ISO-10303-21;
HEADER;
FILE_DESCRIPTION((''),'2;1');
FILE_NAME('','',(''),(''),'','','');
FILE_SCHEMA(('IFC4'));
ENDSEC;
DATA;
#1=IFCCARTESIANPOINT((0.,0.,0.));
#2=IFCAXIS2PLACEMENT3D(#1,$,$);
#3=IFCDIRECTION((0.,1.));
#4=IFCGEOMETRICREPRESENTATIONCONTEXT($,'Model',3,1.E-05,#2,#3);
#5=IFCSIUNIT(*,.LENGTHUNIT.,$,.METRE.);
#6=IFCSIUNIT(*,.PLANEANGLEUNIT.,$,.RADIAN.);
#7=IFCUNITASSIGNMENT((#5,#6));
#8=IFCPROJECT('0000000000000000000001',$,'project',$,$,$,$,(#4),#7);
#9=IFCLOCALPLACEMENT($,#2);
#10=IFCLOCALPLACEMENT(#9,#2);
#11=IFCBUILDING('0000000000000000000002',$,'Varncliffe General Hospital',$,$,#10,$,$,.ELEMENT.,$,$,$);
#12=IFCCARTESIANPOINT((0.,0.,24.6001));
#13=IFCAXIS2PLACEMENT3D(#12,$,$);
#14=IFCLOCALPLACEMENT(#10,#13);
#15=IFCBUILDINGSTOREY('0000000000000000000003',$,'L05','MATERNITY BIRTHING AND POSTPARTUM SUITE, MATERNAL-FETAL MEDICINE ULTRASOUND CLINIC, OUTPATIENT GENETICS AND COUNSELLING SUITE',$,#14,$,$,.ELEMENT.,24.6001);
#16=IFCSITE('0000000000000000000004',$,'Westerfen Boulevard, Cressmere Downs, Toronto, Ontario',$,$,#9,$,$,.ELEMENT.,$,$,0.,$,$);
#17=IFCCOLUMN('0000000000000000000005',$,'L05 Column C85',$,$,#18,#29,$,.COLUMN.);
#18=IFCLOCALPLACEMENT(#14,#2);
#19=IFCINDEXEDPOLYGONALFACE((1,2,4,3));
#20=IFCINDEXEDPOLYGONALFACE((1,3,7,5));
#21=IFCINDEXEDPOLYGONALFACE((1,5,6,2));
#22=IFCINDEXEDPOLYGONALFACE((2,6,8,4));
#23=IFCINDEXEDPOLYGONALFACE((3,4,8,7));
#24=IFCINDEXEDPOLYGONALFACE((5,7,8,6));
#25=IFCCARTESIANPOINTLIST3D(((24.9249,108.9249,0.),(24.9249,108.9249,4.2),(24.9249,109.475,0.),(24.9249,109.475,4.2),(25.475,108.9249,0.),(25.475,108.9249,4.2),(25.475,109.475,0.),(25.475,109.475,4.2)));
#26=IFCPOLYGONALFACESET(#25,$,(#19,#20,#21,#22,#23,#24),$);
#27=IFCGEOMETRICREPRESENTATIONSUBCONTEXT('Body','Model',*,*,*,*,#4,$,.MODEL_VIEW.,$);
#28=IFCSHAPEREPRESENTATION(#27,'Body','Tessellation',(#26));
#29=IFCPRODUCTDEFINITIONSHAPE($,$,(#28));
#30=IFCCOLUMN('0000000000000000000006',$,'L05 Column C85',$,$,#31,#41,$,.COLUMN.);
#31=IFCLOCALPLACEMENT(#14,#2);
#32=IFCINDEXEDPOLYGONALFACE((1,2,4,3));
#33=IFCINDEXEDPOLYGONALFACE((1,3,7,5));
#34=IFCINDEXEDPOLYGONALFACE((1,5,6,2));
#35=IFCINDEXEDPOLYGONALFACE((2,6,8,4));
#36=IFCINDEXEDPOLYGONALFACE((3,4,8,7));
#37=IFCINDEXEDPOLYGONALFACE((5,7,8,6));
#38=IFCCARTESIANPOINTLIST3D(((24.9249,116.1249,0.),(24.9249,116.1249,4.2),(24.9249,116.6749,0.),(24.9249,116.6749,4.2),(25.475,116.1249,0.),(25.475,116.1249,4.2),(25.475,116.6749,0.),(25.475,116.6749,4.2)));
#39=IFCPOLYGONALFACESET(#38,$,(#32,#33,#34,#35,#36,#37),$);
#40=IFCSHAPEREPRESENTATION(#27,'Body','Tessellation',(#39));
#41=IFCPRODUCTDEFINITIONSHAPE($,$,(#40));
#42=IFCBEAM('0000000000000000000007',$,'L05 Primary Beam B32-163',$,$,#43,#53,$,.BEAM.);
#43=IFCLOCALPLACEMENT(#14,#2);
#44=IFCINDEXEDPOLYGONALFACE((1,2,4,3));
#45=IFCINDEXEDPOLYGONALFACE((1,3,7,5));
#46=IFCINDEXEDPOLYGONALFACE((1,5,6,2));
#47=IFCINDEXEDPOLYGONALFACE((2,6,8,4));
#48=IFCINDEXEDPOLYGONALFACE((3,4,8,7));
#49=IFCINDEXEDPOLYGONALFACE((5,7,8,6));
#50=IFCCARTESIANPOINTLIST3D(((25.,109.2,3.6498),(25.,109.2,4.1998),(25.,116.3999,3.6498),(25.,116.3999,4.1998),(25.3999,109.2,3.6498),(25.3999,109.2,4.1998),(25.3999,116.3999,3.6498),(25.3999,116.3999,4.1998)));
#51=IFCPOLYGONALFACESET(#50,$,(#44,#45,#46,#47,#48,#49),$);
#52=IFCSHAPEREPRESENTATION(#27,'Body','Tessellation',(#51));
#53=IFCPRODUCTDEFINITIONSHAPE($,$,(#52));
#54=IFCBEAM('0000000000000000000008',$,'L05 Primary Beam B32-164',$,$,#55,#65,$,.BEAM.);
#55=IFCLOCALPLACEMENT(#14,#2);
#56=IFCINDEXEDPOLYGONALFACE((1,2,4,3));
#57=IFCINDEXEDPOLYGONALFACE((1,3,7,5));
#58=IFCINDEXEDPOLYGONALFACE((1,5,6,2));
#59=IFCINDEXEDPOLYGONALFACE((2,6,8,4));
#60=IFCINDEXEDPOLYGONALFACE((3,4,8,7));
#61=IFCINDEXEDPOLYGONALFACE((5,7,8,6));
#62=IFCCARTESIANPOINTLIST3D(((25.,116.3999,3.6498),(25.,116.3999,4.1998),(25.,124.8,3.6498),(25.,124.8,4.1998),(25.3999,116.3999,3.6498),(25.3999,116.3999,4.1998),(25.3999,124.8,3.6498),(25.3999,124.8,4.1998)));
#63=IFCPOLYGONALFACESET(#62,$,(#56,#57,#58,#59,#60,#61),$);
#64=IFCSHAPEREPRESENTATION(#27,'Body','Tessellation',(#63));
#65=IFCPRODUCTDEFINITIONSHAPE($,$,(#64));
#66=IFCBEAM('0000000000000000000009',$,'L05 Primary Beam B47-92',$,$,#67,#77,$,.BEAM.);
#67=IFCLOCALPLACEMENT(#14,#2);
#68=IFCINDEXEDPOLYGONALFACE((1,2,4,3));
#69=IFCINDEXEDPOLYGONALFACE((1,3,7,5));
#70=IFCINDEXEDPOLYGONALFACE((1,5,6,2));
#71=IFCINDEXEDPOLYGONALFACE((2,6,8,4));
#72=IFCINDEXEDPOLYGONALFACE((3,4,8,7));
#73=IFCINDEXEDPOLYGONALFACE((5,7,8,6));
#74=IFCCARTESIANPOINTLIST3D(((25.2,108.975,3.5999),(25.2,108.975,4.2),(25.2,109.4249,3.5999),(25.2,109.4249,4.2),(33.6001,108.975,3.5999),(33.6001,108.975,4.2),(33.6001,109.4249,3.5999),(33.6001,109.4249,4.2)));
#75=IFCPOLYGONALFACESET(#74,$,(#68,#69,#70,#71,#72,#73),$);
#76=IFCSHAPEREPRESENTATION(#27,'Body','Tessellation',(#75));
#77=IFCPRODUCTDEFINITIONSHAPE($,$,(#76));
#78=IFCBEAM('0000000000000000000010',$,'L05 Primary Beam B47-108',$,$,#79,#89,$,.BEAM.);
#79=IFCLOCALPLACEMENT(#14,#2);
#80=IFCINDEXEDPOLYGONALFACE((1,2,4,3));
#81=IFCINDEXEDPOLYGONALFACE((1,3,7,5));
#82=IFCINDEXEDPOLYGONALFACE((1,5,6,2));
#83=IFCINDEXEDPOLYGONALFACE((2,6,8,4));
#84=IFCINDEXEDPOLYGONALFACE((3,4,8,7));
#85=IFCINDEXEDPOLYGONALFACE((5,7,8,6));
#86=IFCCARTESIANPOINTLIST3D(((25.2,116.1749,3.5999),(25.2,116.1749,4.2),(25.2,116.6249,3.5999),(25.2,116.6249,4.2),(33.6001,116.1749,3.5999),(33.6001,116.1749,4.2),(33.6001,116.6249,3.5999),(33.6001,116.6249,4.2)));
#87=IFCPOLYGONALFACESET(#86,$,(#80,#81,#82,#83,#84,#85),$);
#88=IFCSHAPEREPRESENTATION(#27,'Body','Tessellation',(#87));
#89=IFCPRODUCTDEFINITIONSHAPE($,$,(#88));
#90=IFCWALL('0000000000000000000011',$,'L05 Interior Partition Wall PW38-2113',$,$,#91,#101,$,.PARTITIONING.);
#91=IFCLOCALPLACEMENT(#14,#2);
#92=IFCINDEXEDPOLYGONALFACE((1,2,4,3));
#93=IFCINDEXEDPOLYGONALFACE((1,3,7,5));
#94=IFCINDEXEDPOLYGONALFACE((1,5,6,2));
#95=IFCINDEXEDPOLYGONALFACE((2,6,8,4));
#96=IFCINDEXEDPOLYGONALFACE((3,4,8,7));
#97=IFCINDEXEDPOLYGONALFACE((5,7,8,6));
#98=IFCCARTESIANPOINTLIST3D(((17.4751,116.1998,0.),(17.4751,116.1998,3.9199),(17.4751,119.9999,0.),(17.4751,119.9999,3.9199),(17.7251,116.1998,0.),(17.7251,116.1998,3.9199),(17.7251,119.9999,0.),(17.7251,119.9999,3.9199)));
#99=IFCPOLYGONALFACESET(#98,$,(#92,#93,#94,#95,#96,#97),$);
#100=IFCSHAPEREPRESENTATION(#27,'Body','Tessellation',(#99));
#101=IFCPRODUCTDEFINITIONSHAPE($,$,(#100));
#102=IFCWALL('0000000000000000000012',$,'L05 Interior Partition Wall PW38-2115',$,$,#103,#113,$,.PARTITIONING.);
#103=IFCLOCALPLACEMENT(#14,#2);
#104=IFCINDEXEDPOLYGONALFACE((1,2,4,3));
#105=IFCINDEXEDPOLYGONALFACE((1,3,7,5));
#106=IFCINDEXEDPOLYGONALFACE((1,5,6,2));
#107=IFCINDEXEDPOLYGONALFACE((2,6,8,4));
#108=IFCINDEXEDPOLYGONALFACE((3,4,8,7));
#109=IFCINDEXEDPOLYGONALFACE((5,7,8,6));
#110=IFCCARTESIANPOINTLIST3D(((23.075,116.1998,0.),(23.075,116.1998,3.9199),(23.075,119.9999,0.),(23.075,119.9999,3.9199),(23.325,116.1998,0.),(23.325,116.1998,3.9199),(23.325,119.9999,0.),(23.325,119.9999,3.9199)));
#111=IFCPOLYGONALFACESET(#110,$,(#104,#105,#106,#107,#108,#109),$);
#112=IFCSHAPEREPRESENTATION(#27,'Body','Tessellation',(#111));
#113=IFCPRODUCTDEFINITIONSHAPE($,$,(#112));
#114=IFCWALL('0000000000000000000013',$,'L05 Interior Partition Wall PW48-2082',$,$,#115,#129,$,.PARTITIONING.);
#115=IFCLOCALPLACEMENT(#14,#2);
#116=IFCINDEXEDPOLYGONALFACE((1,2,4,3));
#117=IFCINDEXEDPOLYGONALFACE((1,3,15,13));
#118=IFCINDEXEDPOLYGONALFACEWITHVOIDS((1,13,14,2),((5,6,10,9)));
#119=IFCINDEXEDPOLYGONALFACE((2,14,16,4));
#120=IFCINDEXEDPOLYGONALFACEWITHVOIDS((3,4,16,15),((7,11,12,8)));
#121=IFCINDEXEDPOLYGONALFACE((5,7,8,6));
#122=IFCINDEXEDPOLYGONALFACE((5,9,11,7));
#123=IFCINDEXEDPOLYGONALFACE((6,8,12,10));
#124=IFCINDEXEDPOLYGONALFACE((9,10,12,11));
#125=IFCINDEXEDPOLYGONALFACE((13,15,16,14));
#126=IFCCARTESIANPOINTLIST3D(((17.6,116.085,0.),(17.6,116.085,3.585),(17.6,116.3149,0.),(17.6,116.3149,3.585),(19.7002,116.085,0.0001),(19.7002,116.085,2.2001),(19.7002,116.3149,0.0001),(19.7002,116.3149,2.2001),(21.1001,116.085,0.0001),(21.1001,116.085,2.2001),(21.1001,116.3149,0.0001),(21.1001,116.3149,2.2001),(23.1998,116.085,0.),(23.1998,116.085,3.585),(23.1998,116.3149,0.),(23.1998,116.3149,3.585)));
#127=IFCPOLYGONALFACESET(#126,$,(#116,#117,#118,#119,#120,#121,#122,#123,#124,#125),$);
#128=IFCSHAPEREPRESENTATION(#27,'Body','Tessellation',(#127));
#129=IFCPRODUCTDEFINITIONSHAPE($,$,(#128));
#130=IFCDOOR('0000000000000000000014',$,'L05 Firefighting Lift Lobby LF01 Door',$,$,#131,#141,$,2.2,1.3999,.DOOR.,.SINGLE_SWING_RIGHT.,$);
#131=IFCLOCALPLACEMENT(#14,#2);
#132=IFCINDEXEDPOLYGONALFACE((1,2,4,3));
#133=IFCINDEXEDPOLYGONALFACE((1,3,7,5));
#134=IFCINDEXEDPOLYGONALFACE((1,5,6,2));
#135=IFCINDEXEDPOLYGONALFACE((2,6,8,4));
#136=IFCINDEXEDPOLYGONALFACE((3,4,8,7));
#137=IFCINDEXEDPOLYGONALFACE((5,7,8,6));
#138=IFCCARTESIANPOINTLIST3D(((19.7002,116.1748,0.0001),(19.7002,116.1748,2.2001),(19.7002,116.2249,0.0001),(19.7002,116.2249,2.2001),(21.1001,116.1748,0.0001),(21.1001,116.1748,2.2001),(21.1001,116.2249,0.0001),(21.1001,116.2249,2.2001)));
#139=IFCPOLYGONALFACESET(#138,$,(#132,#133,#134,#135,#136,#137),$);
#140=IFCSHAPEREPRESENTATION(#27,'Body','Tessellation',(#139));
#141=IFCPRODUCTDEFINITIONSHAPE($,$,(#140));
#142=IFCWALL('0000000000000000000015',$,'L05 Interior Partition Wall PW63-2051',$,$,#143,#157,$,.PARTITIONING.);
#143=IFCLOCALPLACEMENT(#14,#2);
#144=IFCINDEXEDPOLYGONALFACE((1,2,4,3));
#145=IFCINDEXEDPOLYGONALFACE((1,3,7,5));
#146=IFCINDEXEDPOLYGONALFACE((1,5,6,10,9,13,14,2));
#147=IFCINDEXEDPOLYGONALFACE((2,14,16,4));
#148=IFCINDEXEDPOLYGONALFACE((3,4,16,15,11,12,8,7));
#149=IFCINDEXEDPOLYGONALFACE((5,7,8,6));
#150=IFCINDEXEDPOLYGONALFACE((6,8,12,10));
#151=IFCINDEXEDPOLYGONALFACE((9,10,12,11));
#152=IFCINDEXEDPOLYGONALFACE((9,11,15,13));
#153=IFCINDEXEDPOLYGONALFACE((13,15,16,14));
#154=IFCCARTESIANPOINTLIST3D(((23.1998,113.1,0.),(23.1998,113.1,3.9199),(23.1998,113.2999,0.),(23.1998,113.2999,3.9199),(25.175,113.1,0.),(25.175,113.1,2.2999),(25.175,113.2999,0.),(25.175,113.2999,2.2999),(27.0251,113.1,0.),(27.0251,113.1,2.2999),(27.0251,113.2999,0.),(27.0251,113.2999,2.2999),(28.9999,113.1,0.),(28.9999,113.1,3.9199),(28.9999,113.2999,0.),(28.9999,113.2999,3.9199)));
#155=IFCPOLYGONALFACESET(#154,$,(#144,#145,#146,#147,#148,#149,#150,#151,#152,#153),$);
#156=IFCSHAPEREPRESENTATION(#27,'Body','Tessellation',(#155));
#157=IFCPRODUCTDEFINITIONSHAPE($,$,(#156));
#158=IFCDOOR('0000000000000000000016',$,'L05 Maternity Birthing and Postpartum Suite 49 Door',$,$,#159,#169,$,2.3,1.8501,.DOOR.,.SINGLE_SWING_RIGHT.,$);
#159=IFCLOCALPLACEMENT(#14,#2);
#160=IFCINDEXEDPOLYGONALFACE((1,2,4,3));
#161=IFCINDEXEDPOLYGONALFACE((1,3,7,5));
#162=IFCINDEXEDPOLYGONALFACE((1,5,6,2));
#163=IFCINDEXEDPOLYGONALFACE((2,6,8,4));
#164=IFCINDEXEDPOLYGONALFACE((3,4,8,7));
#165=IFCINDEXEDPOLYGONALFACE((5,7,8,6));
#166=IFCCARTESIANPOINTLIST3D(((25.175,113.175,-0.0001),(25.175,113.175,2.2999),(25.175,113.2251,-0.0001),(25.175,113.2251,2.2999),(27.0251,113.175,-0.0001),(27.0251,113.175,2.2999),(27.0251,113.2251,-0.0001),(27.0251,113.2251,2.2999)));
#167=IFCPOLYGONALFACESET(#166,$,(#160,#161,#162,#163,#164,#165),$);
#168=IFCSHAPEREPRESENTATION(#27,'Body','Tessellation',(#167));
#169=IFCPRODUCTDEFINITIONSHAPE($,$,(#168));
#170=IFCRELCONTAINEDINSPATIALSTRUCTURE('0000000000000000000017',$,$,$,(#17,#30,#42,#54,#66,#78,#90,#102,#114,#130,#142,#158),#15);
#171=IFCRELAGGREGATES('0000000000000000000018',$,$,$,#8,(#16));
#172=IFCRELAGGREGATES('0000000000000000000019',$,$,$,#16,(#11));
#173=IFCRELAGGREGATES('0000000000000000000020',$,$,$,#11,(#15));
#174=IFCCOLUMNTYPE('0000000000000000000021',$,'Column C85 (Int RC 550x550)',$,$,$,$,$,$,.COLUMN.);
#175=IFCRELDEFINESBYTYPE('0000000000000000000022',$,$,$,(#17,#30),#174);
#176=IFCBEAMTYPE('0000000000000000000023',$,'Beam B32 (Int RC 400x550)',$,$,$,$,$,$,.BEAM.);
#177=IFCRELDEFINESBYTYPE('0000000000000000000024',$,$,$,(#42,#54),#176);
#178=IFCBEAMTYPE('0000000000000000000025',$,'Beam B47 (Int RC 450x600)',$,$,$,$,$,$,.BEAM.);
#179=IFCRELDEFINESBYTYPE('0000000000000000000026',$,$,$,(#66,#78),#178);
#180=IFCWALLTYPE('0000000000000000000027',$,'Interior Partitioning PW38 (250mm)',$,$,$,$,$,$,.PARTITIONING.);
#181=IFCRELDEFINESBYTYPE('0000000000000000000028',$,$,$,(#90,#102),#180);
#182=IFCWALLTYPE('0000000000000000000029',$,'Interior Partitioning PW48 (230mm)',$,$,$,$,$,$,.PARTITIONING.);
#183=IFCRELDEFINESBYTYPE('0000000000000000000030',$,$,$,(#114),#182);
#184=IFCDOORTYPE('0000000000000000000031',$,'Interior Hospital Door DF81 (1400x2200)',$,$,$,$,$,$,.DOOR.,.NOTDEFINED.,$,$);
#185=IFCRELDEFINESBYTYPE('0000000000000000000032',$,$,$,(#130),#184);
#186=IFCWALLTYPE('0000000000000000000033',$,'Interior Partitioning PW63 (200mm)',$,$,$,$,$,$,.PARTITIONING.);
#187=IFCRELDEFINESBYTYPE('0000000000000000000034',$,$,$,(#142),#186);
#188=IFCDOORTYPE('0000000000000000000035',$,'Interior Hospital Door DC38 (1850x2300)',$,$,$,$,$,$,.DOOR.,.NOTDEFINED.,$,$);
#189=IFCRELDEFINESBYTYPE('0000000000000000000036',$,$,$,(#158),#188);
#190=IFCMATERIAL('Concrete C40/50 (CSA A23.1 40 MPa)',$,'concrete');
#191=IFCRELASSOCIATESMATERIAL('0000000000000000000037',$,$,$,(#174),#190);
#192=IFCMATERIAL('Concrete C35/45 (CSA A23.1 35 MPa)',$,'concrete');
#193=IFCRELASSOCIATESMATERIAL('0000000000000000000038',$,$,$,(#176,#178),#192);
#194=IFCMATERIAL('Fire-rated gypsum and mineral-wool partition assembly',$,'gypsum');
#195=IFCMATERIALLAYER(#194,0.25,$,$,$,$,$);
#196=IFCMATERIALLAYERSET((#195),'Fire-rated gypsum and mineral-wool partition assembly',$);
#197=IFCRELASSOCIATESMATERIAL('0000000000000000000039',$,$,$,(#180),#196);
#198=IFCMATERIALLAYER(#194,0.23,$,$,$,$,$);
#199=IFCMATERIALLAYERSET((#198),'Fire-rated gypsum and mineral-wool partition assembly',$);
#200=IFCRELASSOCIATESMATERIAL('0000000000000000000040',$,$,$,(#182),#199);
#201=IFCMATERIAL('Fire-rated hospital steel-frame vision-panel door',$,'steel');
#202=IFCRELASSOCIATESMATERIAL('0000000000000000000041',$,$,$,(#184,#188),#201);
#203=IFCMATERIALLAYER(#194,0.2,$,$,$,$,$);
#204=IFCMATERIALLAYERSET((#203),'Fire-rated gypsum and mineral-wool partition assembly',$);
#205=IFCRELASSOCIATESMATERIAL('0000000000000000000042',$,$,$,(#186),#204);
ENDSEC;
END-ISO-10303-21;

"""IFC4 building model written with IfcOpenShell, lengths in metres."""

from ifc_helpers import new_model, si_unit, direction, frame, frame_2d, origin, origin_2d, place, context, subcontext, project, spatial, rectangle, extrude, material, layer, layer_set, material_profile, profile_set, type_object, element, fill, save


model = new_model("IFC4")

# Units and contexts
model_context = context("Model", 3, precision=1e-05, world=origin(), true_north=direction((0.0, 1.0)))
body_context = subcontext(model_context, "Body", "Model", "MODEL_VIEW")
ifc_project = project(units=[si_unit("LENGTHUNIT", "METRE"), si_unit("PLANEANGLEUNIT", "RADIAN")], contexts=[model_context])

# Site, building, storey
site_placement = place(None, origin())
site = spatial("IfcSite", under=ifc_project, at=site_placement, Name="Westerfen Boulevard, Cressmere Downs, Toronto, Ontario", CompositionType="ELEMENT", RefElevation=0.0)
building_placement = place(site_placement, origin())
building = spatial("IfcBuilding", under=site, at=building_placement, Name="Varncliffe General Hospital", CompositionType="ELEMENT")
storey_placement = place(building_placement, frame((0.0, 0.0, 24.6001)))
storey = spatial("IfcBuildingStorey", under=building, at=storey_placement, Name="L05", Description="MATERNITY BIRTHING AND POSTPARTUM SUITE, MATERNAL-FETAL MEDICINE ULTRASOUND CLINIC, OUTPATIENT GENETICS AND COUNSELLING SUITE", CompositionType="ELEMENT", Elevation=24.6001)

# Columns
ifc_material_1 = material(Name="Concrete C40/50 (CSA A23.1 40 MPa)", Category="concrete")
ifc_material_profile_1 = material_profile(ifc_material_1, rectangle(XDim=0.55, YDim=0.55, at=origin_2d()), Name="RC 550x550")
ifc_profile_set_1 = profile_set([ifc_material_profile_1], Name="Concrete C40/50 (CSA A23.1 40 MPa)")
column_type = type_object("IfcColumnType", Name="Column C85 (Int RC 550x550)", PredefinedType="COLUMN", material=ifc_profile_set_1)
for number, where, z_axis, x_axis, name in (
    (1, (25.2, 109.2, 0.0), (0.0, 0.0, 1.0), (1.0, 0.0, 0.0), "L05 Column C85"),
    (2, (25.2, 116.3999, 0.0), (0.0, 0.0, 1.0), (1.0, 0.0, 0.0), "L05 Column C85"),
):
    element("IfcColumn", number, at=place(storey_placement, frame(where, z_axis=z_axis, x_axis=x_axis)), inside=storey, type_object=column_type, Name=name, PredefinedType="COLUMN", context=body_context, shape_type="SweptSolid", body=[
        extrude(rectangle(XDim=0.55, YDim=0.55, at=origin_2d()), origin(), (0.0, 0.0, 1.0), 4.2),
    ])

# Beams
ifc_material_2 = material(Name="Concrete C35/45 (CSA A23.1 35 MPa)", Category="concrete")
ifc_material_profile_2 = material_profile(ifc_material_2, rectangle(XDim=0.3999, YDim=0.55, at=origin_2d()), Name="RC 400x550")
ifc_profile_set_2 = profile_set([ifc_material_profile_2], Name="Concrete C35/45 (CSA A23.1 35 MPa)")
beam_type_1 = type_object("IfcBeamType", Name="Beam B32 (Int RC 400x550)", PredefinedType="BEAM", material=ifc_profile_set_2)
beam_1_placement = place(storey_placement, frame((25.2, 109.2, 3.9248), z_axis=(0.0, 1.0, 0.0), x_axis=(-1.0, 0.0, 0.0)))
element("IfcBeam", 3, at=beam_1_placement, inside=storey, type_object=beam_type_1, Name="L05 Primary Beam B32-163", PredefinedType="BEAM", context=body_context, shape_type="SweptSolid", body=[
    extrude(rectangle(XDim=0.3999, YDim=0.55, at=origin_2d()), origin(), (0.0, 0.0, 1.0), 7.2),
])
beam_2_placement = place(storey_placement, frame((25.2, 116.3999, 3.9248), z_axis=(0.0, 1.0, 0.0), x_axis=(-1.0, 0.0, 0.0)))
element("IfcBeam", 4, at=beam_2_placement, inside=storey, type_object=beam_type_1, Name="L05 Primary Beam B32-164", PredefinedType="BEAM", context=body_context, shape_type="SweptSolid", body=[
    extrude(rectangle(XDim=0.3999, YDim=0.55, at=origin_2d()), origin(), (0.0, 0.0, 1.0), 8.4001),
])
ifc_material_profile_3 = material_profile(ifc_material_2, rectangle(XDim=0.45, YDim=0.6001, at=origin_2d()), Name="RC 450x600")
ifc_profile_set_3 = profile_set([ifc_material_profile_3], Name="Concrete C35/45 (CSA A23.1 35 MPa)")
beam_type_2 = type_object("IfcBeamType", Name="Beam B47 (Int RC 450x600)", PredefinedType="BEAM", material=ifc_profile_set_3)
for number, where, z_axis, x_axis, name in (
    (5, (25.2, 109.2, 3.8999), (1.0, 0.0, 0.0), (0.0, 1.0, 0.0), "L05 Primary Beam B47-92"),
    (6, (25.2, 116.3999, 3.8999), (1.0, 0.0, 0.0), (0.0, 1.0, 0.0), "L05 Primary Beam B47-108"),
):
    element("IfcBeam", number, at=place(storey_placement, frame(where, z_axis=z_axis, x_axis=x_axis)), inside=storey, type_object=beam_type_2, Name=name, PredefinedType="BEAM", context=body_context, shape_type="SweptSolid", body=[
        extrude(rectangle(XDim=0.45, YDim=0.6001, at=origin_2d()), origin(), (0.0, 0.0, 1.0), 8.4001),
    ])

# Walls
ifc_material_3 = material(Name="Fire-rated gypsum and mineral-wool partition assembly", Category="gypsum")
ifc_layer_1 = layer(ifc_material_3, 0.25)
ifc_layer_set_1 = layer_set([ifc_layer_1], Name="Fire-rated gypsum and mineral-wool partition assembly")
wall_type_1 = type_object("IfcWallType", Name="Interior Partitioning PW38 (250mm)", PredefinedType="PARTITIONING", material=ifc_layer_set_1)
for number, where, z_axis, x_axis, name in (
    (7, (17.6001, 116.2, 0.0), (0.0, 0.0, 1.0), (0.0, 1.0, 0.0), "L05 Interior Partition Wall PW38-2113"),
    (8, (23.2, 116.2, 0.0), (0.0, 0.0, 1.0), (0.0, 1.0, 0.0), "L05 Interior Partition Wall PW38-2115"),
):
    element("IfcWall", number, at=place(storey_placement, frame(where, z_axis=z_axis, x_axis=x_axis)), inside=storey, type_object=wall_type_1, Name=name, PredefinedType="PARTITIONING", context=body_context, shape_type="SweptSolid", body=[
        extrude(rectangle(XDim=3.8, YDim=0.25, at=frame_2d((1.8999, 0.0))), origin(), (0.0, 0.0, 1.0), 3.9199),
    ])

# Walls, openings, doors
ifc_layer_2 = layer(ifc_material_3, 0.23)
ifc_layer_set_2 = layer_set([ifc_layer_2], Name="Fire-rated gypsum and mineral-wool partition assembly")
wall_type_2 = type_object("IfcWallType", Name="Interior Partitioning PW48 (230mm)", PredefinedType="PARTITIONING", material=ifc_layer_set_2)
wall_1_placement = place(storey_placement, frame((17.6001, 116.2, 0.0), z_axis=(0.0, 0.0, 1.0), x_axis=(1.0, 0.0, 0.0)))
wall_1 = element("IfcWall", 9, at=wall_1_placement, inside=storey, type_object=wall_type_2, Name="L05 Interior Partition Wall PW48-2082", PredefinedType="PARTITIONING", context=body_context, shape_type="SweptSolid", body=[
    extrude(rectangle(XDim=5.5999, YDim=0.23, at=frame_2d((2.7998, 0.0))), origin(), (0.0, 0.0, 1.0), 3.585),
])
opening_1_placement = place(wall_1_placement, frame((2.1001, 0.0, 0.0)))
opening_1 = element("IfcOpeningElement", 10, at=opening_1_placement, cuts=wall_1, PredefinedType="OPENING", context=body_context, shape_type="SweptSolid", body=[
    extrude(rectangle(XDim=1.3999, YDim=2.2, at=frame_2d((0.7, 1.1001))), frame((0.0, 0.125, 0.0), z_axis=(0.0, -1.0, 0.0), x_axis=(1.0, 0.0, 0.0)), (0.0, 0.0, 1.0), 0.25),
])
ifc_material_4 = material(Name="Fire-rated hospital steel-frame vision-panel door", Category="steel")
door_type_1 = type_object("IfcDoorType", Name="Interior Hospital Door DF81 (1400x2200)", OperationType="NOTDEFINED", PredefinedType="DOOR", material=ifc_material_4)
door_1_placement = place(opening_1_placement, origin())
door_1 = element("IfcDoor", 11, at=door_1_placement, inside=storey, type_object=door_type_1, Name="L05 Firefighting Lift Lobby LF01 Door", OperationType="SINGLE_SWING_RIGHT", OverallHeight=2.2, OverallWidth=1.3999, PredefinedType="DOOR", context=body_context, shape_type="SweptSolid", body=[
    extrude(rectangle(XDim=1.3999, YDim=2.2, at=frame_2d((0.7, 1.1001))), frame((0.0, 0.0249, 0.0), z_axis=(0.0, -1.0, 0.0), x_axis=(1.0, 0.0, 0.0)), (0.0, 0.0, 1.0), 0.05),
])
fill(opening_1, door_1)
ifc_layer_3 = layer(ifc_material_3, 0.2)
ifc_layer_set_3 = layer_set([ifc_layer_3], Name="Fire-rated gypsum and mineral-wool partition assembly")
wall_type_3 = type_object("IfcWallType", Name="Interior Partitioning PW63 (200mm)", PredefinedType="PARTITIONING", material=ifc_layer_set_3)
wall_2_placement = place(storey_placement, frame((23.2, 113.2, 0.0), z_axis=(0.0, 0.0, 1.0), x_axis=(1.0, 0.0, 0.0)))
wall_2 = element("IfcWall", 12, at=wall_2_placement, inside=storey, type_object=wall_type_3, Name="L05 Interior Partition Wall PW63-2051", PredefinedType="PARTITIONING", context=body_context, shape_type="SweptSolid", body=[
    extrude(rectangle(XDim=5.8, YDim=0.2, at=frame_2d((2.8999, 0.0))), origin(), (0.0, 0.0, 1.0), 3.9199),
])
opening_2_placement = place(wall_2_placement, frame((1.9751, 0.0, 0.0)))
opening_2 = element("IfcOpeningElement", 13, at=opening_2_placement, cuts=wall_2, PredefinedType="OPENING", context=body_context, shape_type="SweptSolid", body=[
    extrude(rectangle(XDim=1.8501, YDim=2.3, at=frame_2d((0.925, 1.1499))), frame((0.0, 0.1099, 0.0), z_axis=(0.0, -1.0, 0.0), x_axis=(1.0, 0.0, 0.0)), (0.0, 0.0, 1.0), 0.22),
])
door_type_2 = type_object("IfcDoorType", Name="Interior Hospital Door DC38 (1850x2300)", OperationType="NOTDEFINED", PredefinedType="DOOR", material=ifc_material_4)
door_2_placement = place(opening_2_placement, frame((1.8501, 0.0, 0.0), z_axis=(0.0, 0.0, 1.0), x_axis=(-1.0, 0.0, 0.0)))
door_2 = element("IfcDoor", 14, at=door_2_placement, inside=storey, type_object=door_type_2, Name="L05 Maternity Birthing and Postpartum Suite 49 Door", OperationType="SINGLE_SWING_RIGHT", OverallHeight=2.3, OverallWidth=1.8501, PredefinedType="DOOR", context=body_context, shape_type="SweptSolid", body=[
    extrude(rectangle(XDim=1.8501, YDim=2.3, at=frame_2d((0.925, 1.1499))), frame((0.0, 0.0249, 0.0), z_axis=(0.0, -1.0, 0.0), x_axis=(1.0, 0.0, 0.0)), (0.0, 0.0, 1.0), 0.05),
])
fill(opening_2, door_2)

save(model, "model.ifc")
